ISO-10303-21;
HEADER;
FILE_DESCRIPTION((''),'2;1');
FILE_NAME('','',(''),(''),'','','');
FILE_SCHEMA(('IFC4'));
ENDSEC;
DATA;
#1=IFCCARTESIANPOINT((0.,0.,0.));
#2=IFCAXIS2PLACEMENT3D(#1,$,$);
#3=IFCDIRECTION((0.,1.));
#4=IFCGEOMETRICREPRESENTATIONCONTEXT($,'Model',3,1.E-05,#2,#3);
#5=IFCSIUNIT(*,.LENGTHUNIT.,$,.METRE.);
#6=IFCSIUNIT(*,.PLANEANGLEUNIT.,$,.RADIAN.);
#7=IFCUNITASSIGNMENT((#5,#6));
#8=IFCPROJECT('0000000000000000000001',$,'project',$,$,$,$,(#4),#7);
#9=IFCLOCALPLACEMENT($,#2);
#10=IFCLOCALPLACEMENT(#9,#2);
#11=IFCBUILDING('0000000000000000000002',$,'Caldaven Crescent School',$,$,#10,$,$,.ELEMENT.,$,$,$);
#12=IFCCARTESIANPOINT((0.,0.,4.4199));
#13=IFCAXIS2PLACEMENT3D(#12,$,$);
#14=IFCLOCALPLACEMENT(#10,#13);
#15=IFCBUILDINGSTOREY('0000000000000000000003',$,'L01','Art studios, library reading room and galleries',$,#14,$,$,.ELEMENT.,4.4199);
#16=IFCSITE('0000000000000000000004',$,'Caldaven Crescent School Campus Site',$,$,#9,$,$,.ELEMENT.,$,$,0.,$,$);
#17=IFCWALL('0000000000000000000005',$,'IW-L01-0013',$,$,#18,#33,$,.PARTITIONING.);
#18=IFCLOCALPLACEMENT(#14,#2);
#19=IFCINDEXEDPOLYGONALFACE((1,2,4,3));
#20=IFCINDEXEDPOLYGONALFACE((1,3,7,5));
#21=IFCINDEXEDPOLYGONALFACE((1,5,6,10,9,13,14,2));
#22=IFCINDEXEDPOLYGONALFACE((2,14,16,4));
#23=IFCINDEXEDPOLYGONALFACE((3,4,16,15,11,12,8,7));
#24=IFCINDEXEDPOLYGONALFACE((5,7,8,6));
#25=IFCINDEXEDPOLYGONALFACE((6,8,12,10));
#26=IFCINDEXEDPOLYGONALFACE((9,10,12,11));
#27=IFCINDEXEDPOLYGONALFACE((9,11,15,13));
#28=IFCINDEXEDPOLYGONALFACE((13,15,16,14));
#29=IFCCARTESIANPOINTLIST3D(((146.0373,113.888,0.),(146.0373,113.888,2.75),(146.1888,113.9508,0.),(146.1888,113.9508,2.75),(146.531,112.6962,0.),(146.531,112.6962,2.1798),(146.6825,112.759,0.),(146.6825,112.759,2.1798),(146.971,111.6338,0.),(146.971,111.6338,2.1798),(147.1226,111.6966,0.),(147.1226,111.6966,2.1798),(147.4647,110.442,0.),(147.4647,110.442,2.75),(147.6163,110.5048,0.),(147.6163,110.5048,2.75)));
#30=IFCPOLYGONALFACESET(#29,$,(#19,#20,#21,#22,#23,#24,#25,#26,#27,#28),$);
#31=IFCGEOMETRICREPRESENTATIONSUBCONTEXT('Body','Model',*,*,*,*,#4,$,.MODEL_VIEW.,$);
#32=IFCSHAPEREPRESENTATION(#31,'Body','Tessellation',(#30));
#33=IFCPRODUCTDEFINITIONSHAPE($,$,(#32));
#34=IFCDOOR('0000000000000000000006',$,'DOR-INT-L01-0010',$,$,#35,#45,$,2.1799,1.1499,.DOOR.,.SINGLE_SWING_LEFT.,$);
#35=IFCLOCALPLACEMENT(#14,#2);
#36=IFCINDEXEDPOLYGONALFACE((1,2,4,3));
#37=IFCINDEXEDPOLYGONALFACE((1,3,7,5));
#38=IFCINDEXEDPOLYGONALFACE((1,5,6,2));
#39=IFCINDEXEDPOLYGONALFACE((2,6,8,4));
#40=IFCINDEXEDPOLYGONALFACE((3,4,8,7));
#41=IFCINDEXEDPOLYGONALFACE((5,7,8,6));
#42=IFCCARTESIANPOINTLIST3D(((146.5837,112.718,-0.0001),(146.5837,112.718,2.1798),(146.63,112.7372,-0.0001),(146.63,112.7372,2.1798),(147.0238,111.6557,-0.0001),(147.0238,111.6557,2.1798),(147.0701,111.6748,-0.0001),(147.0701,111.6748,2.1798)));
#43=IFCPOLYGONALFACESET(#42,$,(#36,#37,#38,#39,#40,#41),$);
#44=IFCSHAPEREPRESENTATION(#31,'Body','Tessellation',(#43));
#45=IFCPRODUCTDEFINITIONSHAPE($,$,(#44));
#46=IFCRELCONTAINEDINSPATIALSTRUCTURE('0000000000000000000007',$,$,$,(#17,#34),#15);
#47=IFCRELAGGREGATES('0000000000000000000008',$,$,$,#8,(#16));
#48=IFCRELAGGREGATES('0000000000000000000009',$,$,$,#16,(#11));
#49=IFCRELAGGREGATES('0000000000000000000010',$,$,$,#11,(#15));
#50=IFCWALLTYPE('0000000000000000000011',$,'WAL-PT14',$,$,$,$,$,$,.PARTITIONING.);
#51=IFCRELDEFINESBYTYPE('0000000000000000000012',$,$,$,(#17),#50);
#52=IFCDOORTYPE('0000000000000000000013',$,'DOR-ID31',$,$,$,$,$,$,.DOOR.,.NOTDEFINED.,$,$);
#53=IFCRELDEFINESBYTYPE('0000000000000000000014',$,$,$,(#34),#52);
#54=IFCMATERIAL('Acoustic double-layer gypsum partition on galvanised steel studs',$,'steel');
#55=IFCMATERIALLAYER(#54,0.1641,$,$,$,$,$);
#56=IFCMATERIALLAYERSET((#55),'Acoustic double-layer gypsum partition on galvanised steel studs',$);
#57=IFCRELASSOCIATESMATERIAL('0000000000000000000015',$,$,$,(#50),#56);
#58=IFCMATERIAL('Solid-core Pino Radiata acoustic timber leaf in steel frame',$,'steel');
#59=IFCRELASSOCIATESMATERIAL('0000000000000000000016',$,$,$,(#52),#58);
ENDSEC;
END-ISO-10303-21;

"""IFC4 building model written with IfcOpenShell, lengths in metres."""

from ifc_helpers import new_model, si_unit, direction, frame, frame_2d, origin, place, context, subcontext, project, spatial, rectangle, extrude, material, layer, layer_set, type_object, element, fill, save


model = new_model("IFC4")

# Units and contexts
model_context = context("Model", 3, precision=1e-05, world=origin(), true_north=direction((0.0, 1.0)))
body_context = subcontext(model_context, "Body", "Model", "MODEL_VIEW")
ifc_project = project(units=[si_unit("LENGTHUNIT", "METRE"), si_unit("PLANEANGLEUNIT", "RADIAN")], contexts=[model_context])

# Site, building, storey
site_placement = place(None, origin())
site = spatial("IfcSite", under=ifc_project, at=site_placement, Name="Caldaven Crescent School Campus Site", CompositionType="ELEMENT", RefElevation=0.0)
building_placement = place(site_placement, origin())
building = spatial("IfcBuilding", under=site, at=building_placement, Name="Caldaven Crescent School", CompositionType="ELEMENT")
storey_placement = place(building_placement, frame((0.0, 0.0, 4.4199)))
storey = spatial("IfcBuildingStorey", under=building, at=storey_placement, Name="L01", Description="Art studios, library reading room and galleries", CompositionType="ELEMENT", Elevation=4.4199)

# Wall, opening, door
ifc_material_1 = material(Name="Acoustic double-layer gypsum partition on galvanised steel studs", Category="steel")
ifc_layer_1 = layer(ifc_material_1, 0.1641)
ifc_layer_set_1 = layer_set([ifc_layer_1], Name="Acoustic double-layer gypsum partition on galvanised steel studs")
wall_type_1 = type_object("IfcWallType", Name="WAL-PT14", PredefinedType="PARTITIONING", material=ifc_layer_set_1)
wall_1_placement = place(storey_placement, frame((147.5405, 110.4734, 0.0), z_axis=(0.0, 0.0, 1.0), x_axis=(-0.382704, 0.923871, 0.0)))
wall_1 = element("IfcWall", 1, at=wall_1_placement, inside=storey, type_object=wall_type_1, Name="IW-L01-0013", PredefinedType="PARTITIONING", context=body_context, shape_type="SweptSolid", body=[
    extrude(rectangle(XDim=3.73, YDim=0.1641, at=frame_2d((1.865, 0.0))), origin(), (0.0, 0.0, 1.0), 2.75),
])
opening_1_placement = place(wall_1_placement, frame((1.29, 0.0, 0.0)))
opening_1 = element("IfcOpeningElement", 2, at=opening_1_placement, cuts=wall_1, PredefinedType="OPENING", context=body_context, shape_type="SweptSolid", body=[
    extrude(rectangle(XDim=1.1499, YDim=2.1799, at=frame_2d((0.575, 1.0898))), frame((0.0, 0.092, 0.0), z_axis=(0.0, -1.0, 0.0), x_axis=(1.0, 0.0, 0.0)), (0.0, 0.0, 1.0), 0.1841),
])
ifc_material_2 = material(Name="Solid-core Pino Radiata acoustic timber leaf in steel frame", Category="steel")
door_type = type_object("IfcDoorType", Name="DOR-ID31", OperationType="NOTDEFINED", PredefinedType="DOOR", material=ifc_material_2)
door_placement = place(opening_1_placement, origin())
door = element("IfcDoor", 3, at=door_placement, inside=storey, type_object=door_type, Name="DOR-INT-L01-0010", OperationType="SINGLE_SWING_LEFT", OverallHeight=2.1799, OverallWidth=1.1499, PredefinedType="DOOR", context=body_context, shape_type="SweptSolid", body=[
    extrude(rectangle(XDim=1.1499, YDim=2.1799, at=frame_2d((0.575, 1.0898))), frame((0.0, 0.0249, 0.0), z_axis=(0.0, -1.0, 0.0), x_axis=(1.0, 0.0, 0.0)), (0.0, 0.0, 1.0), 0.05),
])
fill(opening_1, door)

save(model, "model.ifc")
